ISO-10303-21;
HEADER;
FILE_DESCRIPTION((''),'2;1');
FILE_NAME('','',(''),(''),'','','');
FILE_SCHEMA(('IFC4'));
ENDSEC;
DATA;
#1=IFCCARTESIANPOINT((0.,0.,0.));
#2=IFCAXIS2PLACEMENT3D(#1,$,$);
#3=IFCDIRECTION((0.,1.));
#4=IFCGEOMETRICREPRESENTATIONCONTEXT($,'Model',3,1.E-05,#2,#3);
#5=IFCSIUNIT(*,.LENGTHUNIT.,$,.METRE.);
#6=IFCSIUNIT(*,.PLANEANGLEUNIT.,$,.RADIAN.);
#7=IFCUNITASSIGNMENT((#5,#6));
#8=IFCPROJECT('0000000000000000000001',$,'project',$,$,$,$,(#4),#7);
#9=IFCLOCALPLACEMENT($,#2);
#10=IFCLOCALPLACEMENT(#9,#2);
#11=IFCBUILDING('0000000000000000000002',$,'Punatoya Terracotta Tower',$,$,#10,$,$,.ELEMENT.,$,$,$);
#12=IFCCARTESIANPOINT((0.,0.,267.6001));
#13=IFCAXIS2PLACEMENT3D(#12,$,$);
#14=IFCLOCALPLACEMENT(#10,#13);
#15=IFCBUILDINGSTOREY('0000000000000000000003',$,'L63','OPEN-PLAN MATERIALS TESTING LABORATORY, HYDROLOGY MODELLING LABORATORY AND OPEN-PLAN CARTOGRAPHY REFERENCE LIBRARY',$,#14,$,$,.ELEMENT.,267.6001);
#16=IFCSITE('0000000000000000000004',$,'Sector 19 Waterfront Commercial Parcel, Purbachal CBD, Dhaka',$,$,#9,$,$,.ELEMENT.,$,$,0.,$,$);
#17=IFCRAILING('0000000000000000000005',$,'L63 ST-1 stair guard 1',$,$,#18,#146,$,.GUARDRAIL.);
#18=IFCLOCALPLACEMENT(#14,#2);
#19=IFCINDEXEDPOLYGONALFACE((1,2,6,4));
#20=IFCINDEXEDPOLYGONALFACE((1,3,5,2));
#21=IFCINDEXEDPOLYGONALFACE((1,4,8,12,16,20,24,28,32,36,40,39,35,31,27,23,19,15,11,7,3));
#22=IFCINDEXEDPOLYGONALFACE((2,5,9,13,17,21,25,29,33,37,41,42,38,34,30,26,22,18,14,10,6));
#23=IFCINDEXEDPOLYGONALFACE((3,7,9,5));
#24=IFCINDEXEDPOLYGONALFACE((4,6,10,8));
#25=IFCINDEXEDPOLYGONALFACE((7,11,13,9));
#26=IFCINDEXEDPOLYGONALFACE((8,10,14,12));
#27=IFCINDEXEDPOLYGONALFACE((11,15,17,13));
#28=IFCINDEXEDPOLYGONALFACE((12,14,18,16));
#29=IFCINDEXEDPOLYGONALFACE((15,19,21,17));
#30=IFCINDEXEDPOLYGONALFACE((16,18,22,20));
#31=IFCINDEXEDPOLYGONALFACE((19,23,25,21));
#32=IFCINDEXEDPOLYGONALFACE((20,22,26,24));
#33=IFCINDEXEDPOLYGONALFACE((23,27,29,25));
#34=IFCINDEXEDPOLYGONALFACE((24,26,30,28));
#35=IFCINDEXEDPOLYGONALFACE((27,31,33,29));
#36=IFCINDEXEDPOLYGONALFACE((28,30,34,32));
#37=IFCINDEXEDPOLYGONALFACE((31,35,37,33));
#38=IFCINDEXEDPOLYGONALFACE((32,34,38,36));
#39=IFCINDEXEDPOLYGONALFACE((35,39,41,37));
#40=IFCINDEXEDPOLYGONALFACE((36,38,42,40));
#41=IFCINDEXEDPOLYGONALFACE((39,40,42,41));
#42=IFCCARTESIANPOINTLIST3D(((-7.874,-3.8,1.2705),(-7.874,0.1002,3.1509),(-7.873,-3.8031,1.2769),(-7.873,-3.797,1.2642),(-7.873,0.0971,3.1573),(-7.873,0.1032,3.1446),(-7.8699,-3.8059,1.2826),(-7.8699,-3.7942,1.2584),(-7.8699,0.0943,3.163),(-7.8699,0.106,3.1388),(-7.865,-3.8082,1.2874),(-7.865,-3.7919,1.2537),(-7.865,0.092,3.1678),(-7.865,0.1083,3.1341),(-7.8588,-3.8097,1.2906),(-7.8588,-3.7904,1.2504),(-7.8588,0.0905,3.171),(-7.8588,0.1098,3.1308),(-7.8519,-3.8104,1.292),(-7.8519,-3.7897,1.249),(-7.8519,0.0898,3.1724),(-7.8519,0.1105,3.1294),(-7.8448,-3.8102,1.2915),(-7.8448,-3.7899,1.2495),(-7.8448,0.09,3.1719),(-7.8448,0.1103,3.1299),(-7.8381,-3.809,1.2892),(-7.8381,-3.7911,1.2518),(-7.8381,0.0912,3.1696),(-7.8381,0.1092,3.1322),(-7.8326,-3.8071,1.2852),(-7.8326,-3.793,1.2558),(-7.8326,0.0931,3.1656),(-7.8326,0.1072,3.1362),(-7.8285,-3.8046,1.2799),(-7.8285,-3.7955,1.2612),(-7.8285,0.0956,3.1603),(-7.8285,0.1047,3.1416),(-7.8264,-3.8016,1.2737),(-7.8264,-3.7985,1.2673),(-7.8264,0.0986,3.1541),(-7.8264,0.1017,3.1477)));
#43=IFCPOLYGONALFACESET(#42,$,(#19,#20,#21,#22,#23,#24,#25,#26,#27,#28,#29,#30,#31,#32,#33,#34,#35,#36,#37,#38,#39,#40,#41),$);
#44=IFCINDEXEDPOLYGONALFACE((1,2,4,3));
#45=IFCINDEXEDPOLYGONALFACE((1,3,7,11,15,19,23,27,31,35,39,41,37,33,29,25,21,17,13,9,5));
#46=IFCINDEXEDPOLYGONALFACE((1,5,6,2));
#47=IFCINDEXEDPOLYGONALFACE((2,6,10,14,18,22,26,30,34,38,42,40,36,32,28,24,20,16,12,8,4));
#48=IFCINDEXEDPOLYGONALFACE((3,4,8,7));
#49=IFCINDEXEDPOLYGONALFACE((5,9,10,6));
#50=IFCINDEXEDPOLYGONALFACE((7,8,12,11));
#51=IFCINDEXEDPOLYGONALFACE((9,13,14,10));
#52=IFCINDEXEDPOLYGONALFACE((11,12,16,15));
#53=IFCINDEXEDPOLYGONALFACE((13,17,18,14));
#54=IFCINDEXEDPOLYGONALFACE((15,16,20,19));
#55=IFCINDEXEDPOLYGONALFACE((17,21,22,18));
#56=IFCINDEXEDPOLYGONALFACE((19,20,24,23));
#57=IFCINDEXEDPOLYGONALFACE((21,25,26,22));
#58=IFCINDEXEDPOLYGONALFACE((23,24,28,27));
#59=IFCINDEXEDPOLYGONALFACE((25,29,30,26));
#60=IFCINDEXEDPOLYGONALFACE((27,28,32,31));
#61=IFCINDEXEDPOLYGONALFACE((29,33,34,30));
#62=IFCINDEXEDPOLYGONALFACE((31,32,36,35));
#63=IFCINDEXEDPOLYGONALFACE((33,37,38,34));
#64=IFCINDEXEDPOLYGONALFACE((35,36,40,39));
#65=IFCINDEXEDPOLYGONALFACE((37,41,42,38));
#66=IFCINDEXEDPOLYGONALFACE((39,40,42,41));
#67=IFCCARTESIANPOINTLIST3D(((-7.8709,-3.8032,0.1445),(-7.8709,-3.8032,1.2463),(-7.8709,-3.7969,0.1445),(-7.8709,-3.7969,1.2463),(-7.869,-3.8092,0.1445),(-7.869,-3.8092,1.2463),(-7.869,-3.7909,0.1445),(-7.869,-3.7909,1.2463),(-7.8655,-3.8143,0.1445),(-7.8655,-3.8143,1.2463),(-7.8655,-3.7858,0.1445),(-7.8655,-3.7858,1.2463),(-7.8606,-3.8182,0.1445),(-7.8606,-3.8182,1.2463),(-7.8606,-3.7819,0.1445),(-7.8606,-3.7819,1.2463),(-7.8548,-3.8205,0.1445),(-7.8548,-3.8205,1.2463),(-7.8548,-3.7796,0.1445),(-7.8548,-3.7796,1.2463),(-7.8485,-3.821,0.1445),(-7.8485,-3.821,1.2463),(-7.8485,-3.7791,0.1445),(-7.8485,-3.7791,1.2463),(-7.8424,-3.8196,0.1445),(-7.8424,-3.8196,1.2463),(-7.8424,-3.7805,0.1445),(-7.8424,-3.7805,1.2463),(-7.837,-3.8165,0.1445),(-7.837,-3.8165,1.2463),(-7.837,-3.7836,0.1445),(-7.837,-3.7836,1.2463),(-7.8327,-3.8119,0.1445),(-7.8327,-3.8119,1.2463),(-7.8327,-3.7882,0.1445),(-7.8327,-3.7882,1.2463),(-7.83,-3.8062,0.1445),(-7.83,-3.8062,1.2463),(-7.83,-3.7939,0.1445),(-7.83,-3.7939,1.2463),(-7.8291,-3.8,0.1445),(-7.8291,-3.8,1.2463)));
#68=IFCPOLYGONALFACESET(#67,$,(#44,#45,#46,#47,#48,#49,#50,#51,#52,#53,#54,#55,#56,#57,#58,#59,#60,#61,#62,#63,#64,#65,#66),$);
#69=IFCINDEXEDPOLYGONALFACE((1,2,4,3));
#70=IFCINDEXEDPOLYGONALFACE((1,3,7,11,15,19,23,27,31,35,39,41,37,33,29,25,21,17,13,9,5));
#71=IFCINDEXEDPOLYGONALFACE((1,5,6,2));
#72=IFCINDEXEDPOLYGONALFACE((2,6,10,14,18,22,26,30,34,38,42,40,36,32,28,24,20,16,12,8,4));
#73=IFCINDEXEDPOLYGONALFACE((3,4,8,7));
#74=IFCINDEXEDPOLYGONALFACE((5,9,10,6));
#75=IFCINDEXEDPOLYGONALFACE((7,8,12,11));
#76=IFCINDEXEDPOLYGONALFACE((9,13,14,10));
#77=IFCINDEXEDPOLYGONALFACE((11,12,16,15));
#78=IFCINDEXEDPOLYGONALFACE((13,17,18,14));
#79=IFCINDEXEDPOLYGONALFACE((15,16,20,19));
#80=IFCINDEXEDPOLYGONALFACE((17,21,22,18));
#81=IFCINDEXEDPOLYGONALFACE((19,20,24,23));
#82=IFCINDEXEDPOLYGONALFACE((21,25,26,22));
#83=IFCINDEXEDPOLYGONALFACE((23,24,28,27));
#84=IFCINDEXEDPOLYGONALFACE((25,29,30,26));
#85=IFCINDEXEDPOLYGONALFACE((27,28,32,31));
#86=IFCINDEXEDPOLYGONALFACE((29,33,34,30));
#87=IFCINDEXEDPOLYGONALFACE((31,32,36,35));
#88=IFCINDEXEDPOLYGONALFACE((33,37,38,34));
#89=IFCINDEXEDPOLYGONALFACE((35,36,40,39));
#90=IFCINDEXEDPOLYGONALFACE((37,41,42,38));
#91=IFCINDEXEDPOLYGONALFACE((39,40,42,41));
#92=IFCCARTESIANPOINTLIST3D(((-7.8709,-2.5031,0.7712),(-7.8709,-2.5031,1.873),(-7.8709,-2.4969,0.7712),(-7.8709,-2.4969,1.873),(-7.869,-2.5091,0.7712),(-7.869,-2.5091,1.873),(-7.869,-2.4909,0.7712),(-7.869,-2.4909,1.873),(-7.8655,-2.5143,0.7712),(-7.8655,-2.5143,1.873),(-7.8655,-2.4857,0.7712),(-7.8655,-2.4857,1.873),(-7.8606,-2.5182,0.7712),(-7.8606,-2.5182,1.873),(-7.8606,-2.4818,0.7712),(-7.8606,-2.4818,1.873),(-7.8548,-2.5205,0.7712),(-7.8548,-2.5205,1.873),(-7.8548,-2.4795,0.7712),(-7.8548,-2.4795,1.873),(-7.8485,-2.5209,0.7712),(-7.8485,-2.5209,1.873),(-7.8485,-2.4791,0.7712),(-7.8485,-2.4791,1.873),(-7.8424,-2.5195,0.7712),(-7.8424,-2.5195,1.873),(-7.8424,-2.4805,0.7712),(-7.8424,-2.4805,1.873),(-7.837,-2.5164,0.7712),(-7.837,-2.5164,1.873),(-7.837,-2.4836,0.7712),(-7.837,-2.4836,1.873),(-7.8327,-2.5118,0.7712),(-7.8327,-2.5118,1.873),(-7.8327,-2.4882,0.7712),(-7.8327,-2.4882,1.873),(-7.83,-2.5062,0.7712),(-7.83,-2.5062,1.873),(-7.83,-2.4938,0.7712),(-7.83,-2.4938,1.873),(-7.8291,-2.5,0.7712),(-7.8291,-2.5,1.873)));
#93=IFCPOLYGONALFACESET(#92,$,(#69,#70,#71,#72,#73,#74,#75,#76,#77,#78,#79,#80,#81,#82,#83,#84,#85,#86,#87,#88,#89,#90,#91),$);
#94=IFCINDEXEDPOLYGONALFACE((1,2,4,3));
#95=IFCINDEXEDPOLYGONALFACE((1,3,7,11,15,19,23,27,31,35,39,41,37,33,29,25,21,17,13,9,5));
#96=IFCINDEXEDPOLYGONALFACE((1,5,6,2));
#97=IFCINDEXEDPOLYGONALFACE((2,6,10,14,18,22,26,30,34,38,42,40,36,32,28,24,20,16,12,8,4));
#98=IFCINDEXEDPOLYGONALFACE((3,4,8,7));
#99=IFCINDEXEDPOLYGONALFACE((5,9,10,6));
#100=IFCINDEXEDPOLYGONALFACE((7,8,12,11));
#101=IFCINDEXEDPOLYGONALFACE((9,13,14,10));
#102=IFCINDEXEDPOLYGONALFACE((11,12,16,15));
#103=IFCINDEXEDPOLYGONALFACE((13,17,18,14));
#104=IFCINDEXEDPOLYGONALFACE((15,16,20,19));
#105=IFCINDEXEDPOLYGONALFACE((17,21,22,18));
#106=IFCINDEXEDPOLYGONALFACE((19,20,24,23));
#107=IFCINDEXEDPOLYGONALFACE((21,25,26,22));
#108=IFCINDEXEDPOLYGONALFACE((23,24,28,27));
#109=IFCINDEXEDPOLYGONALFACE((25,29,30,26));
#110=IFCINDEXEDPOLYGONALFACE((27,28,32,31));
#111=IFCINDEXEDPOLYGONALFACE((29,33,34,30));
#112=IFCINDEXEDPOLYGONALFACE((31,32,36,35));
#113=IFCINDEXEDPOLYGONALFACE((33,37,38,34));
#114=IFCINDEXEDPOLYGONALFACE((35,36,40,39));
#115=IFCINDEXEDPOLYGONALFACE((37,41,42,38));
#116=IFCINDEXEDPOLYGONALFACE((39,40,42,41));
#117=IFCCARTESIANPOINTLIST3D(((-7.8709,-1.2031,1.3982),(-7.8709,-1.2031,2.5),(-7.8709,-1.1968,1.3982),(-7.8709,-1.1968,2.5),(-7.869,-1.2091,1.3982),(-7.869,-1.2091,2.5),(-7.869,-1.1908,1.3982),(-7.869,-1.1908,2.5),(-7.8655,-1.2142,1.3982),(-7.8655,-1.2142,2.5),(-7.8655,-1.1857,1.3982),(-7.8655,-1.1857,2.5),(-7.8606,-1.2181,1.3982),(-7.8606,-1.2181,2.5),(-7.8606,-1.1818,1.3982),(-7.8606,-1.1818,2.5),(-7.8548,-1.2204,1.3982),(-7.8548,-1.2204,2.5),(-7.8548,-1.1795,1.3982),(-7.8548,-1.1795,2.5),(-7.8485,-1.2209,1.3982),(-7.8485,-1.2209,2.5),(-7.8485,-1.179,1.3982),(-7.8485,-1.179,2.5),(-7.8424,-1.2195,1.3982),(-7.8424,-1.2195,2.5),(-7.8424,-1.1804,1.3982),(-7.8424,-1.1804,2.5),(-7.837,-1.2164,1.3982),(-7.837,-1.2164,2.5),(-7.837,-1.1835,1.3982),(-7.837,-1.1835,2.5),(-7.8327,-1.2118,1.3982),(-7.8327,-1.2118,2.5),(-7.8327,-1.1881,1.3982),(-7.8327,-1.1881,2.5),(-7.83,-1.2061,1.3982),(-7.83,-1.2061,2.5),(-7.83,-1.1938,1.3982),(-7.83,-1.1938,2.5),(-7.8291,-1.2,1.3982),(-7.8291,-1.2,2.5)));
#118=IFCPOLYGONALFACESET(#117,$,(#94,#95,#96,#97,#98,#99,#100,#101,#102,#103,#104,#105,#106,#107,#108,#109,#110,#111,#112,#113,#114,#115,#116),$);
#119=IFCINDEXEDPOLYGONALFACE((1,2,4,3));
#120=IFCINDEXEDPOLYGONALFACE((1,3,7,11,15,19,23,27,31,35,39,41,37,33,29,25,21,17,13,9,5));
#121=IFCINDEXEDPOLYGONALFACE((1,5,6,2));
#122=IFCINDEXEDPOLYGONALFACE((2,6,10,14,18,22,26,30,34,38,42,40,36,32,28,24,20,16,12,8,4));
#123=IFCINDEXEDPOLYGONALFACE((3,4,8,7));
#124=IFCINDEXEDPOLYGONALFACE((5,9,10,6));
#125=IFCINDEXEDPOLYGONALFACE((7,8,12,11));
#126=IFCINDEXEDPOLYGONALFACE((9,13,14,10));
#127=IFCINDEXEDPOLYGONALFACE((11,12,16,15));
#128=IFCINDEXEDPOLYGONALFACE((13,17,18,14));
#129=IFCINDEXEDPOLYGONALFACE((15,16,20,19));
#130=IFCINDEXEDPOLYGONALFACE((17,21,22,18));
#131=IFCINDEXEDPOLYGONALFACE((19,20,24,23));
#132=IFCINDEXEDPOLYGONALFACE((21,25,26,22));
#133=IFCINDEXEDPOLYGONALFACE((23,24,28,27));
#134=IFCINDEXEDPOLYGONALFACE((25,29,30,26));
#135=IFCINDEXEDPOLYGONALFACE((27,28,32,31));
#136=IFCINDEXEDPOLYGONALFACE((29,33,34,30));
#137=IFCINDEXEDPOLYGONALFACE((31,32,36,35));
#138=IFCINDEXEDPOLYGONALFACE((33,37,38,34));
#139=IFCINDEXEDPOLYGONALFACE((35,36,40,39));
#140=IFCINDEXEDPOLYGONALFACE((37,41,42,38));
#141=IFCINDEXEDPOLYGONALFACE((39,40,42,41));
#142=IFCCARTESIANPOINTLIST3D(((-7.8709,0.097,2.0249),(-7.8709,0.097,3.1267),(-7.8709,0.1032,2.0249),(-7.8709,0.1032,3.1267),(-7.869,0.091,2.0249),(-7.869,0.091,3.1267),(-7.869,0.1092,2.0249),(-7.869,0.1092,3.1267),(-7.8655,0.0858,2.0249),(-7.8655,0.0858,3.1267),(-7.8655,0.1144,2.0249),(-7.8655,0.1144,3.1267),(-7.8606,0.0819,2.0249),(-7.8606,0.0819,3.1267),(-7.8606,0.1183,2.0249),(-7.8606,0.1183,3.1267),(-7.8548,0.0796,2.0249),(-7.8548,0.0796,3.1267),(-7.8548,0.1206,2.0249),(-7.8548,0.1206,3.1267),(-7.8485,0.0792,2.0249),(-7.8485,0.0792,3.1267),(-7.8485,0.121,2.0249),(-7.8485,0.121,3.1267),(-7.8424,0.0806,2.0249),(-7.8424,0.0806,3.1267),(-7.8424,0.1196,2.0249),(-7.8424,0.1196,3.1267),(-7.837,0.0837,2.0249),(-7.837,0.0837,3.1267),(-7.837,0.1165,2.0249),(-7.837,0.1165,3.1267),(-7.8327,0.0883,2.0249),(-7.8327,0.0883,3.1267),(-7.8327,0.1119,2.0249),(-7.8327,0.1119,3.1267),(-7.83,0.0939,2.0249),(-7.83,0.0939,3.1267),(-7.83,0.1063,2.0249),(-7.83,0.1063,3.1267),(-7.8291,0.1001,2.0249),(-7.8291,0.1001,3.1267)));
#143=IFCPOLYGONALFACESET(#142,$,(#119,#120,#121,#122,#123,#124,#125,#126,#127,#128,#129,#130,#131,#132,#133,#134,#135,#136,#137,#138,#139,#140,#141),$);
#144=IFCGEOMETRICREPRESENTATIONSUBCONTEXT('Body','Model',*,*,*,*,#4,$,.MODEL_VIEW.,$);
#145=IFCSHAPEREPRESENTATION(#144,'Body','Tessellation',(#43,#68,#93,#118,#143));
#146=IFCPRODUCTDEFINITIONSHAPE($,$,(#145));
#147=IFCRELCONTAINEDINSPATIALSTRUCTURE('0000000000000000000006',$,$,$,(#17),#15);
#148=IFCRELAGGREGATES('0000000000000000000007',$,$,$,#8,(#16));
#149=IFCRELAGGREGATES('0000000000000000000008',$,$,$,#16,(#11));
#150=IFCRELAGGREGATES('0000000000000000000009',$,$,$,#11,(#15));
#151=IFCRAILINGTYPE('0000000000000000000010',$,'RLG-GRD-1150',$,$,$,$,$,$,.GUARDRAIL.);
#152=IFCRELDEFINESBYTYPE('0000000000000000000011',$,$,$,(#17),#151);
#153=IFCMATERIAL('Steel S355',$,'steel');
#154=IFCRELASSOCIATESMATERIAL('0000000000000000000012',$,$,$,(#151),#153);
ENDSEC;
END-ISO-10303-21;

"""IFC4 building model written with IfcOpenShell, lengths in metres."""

from ifc_helpers import new_model, si_unit, direction, frame, origin, origin_2d, place, context, subcontext, project, spatial, circle, extrude, material, type_object, element, save


model = new_model("IFC4")

# Units and contexts
model_context = context("Model", 3, precision=1e-05, world=origin(), true_north=direction((0.0, 1.0)))
body_context = subcontext(model_context, "Body", "Model", "MODEL_VIEW")
ifc_project = project(units=[si_unit("LENGTHUNIT", "METRE"), si_unit("PLANEANGLEUNIT", "RADIAN")], contexts=[model_context])

# Site, building, storey
site_placement = place(None, origin())
site = spatial("IfcSite", under=ifc_project, at=site_placement, Name="Sector 19 Waterfront Commercial Parcel, Purbachal CBD, Dhaka", CompositionType="ELEMENT", RefElevation=0.0)
building_placement = place(site_placement, origin())
building = spatial("IfcBuilding", under=site, at=building_placement, Name="Punatoya Terracotta Tower", CompositionType="ELEMENT")
storey_placement = place(building_placement, frame((0.0, 0.0, 267.6001)))
storey = spatial("IfcBuildingStorey", under=building, at=storey_placement, Name="L63", Description="OPEN-PLAN MATERIALS TESTING LABORATORY, HYDROLOGY MODELLING LABORATORY AND OPEN-PLAN CARTOGRAPHY REFERENCE LIBRARY", CompositionType="ELEMENT", Elevation=267.6001)

# Railing
ifc_material_1 = material(Name="Steel S355", Category="steel")
railing_type_1 = type_object("IfcRailingType", Name="RLG-GRD-1150", PredefinedType="GUARDRAIL", material=ifc_material_1)
railing_1_placement = place(storey_placement, frame((-7.8501, -3.8, 0.1445)))
element("IfcRailing", 1, at=railing_1_placement, inside=storey, type_object=railing_type_1, Name="L63 ST-1 stair guard 1", PredefinedType="GUARDRAIL", context=body_context, shape_type="SweptSolid", body=[
    extrude(circle(Radius=0.0239, at=origin_2d()), frame((0.0, 0.0, 1.126), z_axis=(0.0, 0.900774, 0.434289), x_axis=(-1.0, 0.0, 0.0)), (0.0, 0.0, 1.0), 4.3298),
    extrude(circle(Radius=0.021, at=origin_2d()), origin(), (0.0, 0.0, 1.0), 1.1018),
    extrude(circle(Radius=0.021, at=origin_2d()), frame((0.0, 1.3, 0.6267)), (0.0, 0.0, 1.0), 1.1018),
    extrude(circle(Radius=0.021, at=origin_2d()), frame((0.0, 2.6001, 1.2537)), (0.0, 0.0, 1.0), 1.1018),
    extrude(circle(Radius=0.021, at=origin_2d()), frame((0.0, 3.9001, 1.8804)), (0.0, 0.0, 1.0), 1.1018),
])

save(model, "model.ifc")
